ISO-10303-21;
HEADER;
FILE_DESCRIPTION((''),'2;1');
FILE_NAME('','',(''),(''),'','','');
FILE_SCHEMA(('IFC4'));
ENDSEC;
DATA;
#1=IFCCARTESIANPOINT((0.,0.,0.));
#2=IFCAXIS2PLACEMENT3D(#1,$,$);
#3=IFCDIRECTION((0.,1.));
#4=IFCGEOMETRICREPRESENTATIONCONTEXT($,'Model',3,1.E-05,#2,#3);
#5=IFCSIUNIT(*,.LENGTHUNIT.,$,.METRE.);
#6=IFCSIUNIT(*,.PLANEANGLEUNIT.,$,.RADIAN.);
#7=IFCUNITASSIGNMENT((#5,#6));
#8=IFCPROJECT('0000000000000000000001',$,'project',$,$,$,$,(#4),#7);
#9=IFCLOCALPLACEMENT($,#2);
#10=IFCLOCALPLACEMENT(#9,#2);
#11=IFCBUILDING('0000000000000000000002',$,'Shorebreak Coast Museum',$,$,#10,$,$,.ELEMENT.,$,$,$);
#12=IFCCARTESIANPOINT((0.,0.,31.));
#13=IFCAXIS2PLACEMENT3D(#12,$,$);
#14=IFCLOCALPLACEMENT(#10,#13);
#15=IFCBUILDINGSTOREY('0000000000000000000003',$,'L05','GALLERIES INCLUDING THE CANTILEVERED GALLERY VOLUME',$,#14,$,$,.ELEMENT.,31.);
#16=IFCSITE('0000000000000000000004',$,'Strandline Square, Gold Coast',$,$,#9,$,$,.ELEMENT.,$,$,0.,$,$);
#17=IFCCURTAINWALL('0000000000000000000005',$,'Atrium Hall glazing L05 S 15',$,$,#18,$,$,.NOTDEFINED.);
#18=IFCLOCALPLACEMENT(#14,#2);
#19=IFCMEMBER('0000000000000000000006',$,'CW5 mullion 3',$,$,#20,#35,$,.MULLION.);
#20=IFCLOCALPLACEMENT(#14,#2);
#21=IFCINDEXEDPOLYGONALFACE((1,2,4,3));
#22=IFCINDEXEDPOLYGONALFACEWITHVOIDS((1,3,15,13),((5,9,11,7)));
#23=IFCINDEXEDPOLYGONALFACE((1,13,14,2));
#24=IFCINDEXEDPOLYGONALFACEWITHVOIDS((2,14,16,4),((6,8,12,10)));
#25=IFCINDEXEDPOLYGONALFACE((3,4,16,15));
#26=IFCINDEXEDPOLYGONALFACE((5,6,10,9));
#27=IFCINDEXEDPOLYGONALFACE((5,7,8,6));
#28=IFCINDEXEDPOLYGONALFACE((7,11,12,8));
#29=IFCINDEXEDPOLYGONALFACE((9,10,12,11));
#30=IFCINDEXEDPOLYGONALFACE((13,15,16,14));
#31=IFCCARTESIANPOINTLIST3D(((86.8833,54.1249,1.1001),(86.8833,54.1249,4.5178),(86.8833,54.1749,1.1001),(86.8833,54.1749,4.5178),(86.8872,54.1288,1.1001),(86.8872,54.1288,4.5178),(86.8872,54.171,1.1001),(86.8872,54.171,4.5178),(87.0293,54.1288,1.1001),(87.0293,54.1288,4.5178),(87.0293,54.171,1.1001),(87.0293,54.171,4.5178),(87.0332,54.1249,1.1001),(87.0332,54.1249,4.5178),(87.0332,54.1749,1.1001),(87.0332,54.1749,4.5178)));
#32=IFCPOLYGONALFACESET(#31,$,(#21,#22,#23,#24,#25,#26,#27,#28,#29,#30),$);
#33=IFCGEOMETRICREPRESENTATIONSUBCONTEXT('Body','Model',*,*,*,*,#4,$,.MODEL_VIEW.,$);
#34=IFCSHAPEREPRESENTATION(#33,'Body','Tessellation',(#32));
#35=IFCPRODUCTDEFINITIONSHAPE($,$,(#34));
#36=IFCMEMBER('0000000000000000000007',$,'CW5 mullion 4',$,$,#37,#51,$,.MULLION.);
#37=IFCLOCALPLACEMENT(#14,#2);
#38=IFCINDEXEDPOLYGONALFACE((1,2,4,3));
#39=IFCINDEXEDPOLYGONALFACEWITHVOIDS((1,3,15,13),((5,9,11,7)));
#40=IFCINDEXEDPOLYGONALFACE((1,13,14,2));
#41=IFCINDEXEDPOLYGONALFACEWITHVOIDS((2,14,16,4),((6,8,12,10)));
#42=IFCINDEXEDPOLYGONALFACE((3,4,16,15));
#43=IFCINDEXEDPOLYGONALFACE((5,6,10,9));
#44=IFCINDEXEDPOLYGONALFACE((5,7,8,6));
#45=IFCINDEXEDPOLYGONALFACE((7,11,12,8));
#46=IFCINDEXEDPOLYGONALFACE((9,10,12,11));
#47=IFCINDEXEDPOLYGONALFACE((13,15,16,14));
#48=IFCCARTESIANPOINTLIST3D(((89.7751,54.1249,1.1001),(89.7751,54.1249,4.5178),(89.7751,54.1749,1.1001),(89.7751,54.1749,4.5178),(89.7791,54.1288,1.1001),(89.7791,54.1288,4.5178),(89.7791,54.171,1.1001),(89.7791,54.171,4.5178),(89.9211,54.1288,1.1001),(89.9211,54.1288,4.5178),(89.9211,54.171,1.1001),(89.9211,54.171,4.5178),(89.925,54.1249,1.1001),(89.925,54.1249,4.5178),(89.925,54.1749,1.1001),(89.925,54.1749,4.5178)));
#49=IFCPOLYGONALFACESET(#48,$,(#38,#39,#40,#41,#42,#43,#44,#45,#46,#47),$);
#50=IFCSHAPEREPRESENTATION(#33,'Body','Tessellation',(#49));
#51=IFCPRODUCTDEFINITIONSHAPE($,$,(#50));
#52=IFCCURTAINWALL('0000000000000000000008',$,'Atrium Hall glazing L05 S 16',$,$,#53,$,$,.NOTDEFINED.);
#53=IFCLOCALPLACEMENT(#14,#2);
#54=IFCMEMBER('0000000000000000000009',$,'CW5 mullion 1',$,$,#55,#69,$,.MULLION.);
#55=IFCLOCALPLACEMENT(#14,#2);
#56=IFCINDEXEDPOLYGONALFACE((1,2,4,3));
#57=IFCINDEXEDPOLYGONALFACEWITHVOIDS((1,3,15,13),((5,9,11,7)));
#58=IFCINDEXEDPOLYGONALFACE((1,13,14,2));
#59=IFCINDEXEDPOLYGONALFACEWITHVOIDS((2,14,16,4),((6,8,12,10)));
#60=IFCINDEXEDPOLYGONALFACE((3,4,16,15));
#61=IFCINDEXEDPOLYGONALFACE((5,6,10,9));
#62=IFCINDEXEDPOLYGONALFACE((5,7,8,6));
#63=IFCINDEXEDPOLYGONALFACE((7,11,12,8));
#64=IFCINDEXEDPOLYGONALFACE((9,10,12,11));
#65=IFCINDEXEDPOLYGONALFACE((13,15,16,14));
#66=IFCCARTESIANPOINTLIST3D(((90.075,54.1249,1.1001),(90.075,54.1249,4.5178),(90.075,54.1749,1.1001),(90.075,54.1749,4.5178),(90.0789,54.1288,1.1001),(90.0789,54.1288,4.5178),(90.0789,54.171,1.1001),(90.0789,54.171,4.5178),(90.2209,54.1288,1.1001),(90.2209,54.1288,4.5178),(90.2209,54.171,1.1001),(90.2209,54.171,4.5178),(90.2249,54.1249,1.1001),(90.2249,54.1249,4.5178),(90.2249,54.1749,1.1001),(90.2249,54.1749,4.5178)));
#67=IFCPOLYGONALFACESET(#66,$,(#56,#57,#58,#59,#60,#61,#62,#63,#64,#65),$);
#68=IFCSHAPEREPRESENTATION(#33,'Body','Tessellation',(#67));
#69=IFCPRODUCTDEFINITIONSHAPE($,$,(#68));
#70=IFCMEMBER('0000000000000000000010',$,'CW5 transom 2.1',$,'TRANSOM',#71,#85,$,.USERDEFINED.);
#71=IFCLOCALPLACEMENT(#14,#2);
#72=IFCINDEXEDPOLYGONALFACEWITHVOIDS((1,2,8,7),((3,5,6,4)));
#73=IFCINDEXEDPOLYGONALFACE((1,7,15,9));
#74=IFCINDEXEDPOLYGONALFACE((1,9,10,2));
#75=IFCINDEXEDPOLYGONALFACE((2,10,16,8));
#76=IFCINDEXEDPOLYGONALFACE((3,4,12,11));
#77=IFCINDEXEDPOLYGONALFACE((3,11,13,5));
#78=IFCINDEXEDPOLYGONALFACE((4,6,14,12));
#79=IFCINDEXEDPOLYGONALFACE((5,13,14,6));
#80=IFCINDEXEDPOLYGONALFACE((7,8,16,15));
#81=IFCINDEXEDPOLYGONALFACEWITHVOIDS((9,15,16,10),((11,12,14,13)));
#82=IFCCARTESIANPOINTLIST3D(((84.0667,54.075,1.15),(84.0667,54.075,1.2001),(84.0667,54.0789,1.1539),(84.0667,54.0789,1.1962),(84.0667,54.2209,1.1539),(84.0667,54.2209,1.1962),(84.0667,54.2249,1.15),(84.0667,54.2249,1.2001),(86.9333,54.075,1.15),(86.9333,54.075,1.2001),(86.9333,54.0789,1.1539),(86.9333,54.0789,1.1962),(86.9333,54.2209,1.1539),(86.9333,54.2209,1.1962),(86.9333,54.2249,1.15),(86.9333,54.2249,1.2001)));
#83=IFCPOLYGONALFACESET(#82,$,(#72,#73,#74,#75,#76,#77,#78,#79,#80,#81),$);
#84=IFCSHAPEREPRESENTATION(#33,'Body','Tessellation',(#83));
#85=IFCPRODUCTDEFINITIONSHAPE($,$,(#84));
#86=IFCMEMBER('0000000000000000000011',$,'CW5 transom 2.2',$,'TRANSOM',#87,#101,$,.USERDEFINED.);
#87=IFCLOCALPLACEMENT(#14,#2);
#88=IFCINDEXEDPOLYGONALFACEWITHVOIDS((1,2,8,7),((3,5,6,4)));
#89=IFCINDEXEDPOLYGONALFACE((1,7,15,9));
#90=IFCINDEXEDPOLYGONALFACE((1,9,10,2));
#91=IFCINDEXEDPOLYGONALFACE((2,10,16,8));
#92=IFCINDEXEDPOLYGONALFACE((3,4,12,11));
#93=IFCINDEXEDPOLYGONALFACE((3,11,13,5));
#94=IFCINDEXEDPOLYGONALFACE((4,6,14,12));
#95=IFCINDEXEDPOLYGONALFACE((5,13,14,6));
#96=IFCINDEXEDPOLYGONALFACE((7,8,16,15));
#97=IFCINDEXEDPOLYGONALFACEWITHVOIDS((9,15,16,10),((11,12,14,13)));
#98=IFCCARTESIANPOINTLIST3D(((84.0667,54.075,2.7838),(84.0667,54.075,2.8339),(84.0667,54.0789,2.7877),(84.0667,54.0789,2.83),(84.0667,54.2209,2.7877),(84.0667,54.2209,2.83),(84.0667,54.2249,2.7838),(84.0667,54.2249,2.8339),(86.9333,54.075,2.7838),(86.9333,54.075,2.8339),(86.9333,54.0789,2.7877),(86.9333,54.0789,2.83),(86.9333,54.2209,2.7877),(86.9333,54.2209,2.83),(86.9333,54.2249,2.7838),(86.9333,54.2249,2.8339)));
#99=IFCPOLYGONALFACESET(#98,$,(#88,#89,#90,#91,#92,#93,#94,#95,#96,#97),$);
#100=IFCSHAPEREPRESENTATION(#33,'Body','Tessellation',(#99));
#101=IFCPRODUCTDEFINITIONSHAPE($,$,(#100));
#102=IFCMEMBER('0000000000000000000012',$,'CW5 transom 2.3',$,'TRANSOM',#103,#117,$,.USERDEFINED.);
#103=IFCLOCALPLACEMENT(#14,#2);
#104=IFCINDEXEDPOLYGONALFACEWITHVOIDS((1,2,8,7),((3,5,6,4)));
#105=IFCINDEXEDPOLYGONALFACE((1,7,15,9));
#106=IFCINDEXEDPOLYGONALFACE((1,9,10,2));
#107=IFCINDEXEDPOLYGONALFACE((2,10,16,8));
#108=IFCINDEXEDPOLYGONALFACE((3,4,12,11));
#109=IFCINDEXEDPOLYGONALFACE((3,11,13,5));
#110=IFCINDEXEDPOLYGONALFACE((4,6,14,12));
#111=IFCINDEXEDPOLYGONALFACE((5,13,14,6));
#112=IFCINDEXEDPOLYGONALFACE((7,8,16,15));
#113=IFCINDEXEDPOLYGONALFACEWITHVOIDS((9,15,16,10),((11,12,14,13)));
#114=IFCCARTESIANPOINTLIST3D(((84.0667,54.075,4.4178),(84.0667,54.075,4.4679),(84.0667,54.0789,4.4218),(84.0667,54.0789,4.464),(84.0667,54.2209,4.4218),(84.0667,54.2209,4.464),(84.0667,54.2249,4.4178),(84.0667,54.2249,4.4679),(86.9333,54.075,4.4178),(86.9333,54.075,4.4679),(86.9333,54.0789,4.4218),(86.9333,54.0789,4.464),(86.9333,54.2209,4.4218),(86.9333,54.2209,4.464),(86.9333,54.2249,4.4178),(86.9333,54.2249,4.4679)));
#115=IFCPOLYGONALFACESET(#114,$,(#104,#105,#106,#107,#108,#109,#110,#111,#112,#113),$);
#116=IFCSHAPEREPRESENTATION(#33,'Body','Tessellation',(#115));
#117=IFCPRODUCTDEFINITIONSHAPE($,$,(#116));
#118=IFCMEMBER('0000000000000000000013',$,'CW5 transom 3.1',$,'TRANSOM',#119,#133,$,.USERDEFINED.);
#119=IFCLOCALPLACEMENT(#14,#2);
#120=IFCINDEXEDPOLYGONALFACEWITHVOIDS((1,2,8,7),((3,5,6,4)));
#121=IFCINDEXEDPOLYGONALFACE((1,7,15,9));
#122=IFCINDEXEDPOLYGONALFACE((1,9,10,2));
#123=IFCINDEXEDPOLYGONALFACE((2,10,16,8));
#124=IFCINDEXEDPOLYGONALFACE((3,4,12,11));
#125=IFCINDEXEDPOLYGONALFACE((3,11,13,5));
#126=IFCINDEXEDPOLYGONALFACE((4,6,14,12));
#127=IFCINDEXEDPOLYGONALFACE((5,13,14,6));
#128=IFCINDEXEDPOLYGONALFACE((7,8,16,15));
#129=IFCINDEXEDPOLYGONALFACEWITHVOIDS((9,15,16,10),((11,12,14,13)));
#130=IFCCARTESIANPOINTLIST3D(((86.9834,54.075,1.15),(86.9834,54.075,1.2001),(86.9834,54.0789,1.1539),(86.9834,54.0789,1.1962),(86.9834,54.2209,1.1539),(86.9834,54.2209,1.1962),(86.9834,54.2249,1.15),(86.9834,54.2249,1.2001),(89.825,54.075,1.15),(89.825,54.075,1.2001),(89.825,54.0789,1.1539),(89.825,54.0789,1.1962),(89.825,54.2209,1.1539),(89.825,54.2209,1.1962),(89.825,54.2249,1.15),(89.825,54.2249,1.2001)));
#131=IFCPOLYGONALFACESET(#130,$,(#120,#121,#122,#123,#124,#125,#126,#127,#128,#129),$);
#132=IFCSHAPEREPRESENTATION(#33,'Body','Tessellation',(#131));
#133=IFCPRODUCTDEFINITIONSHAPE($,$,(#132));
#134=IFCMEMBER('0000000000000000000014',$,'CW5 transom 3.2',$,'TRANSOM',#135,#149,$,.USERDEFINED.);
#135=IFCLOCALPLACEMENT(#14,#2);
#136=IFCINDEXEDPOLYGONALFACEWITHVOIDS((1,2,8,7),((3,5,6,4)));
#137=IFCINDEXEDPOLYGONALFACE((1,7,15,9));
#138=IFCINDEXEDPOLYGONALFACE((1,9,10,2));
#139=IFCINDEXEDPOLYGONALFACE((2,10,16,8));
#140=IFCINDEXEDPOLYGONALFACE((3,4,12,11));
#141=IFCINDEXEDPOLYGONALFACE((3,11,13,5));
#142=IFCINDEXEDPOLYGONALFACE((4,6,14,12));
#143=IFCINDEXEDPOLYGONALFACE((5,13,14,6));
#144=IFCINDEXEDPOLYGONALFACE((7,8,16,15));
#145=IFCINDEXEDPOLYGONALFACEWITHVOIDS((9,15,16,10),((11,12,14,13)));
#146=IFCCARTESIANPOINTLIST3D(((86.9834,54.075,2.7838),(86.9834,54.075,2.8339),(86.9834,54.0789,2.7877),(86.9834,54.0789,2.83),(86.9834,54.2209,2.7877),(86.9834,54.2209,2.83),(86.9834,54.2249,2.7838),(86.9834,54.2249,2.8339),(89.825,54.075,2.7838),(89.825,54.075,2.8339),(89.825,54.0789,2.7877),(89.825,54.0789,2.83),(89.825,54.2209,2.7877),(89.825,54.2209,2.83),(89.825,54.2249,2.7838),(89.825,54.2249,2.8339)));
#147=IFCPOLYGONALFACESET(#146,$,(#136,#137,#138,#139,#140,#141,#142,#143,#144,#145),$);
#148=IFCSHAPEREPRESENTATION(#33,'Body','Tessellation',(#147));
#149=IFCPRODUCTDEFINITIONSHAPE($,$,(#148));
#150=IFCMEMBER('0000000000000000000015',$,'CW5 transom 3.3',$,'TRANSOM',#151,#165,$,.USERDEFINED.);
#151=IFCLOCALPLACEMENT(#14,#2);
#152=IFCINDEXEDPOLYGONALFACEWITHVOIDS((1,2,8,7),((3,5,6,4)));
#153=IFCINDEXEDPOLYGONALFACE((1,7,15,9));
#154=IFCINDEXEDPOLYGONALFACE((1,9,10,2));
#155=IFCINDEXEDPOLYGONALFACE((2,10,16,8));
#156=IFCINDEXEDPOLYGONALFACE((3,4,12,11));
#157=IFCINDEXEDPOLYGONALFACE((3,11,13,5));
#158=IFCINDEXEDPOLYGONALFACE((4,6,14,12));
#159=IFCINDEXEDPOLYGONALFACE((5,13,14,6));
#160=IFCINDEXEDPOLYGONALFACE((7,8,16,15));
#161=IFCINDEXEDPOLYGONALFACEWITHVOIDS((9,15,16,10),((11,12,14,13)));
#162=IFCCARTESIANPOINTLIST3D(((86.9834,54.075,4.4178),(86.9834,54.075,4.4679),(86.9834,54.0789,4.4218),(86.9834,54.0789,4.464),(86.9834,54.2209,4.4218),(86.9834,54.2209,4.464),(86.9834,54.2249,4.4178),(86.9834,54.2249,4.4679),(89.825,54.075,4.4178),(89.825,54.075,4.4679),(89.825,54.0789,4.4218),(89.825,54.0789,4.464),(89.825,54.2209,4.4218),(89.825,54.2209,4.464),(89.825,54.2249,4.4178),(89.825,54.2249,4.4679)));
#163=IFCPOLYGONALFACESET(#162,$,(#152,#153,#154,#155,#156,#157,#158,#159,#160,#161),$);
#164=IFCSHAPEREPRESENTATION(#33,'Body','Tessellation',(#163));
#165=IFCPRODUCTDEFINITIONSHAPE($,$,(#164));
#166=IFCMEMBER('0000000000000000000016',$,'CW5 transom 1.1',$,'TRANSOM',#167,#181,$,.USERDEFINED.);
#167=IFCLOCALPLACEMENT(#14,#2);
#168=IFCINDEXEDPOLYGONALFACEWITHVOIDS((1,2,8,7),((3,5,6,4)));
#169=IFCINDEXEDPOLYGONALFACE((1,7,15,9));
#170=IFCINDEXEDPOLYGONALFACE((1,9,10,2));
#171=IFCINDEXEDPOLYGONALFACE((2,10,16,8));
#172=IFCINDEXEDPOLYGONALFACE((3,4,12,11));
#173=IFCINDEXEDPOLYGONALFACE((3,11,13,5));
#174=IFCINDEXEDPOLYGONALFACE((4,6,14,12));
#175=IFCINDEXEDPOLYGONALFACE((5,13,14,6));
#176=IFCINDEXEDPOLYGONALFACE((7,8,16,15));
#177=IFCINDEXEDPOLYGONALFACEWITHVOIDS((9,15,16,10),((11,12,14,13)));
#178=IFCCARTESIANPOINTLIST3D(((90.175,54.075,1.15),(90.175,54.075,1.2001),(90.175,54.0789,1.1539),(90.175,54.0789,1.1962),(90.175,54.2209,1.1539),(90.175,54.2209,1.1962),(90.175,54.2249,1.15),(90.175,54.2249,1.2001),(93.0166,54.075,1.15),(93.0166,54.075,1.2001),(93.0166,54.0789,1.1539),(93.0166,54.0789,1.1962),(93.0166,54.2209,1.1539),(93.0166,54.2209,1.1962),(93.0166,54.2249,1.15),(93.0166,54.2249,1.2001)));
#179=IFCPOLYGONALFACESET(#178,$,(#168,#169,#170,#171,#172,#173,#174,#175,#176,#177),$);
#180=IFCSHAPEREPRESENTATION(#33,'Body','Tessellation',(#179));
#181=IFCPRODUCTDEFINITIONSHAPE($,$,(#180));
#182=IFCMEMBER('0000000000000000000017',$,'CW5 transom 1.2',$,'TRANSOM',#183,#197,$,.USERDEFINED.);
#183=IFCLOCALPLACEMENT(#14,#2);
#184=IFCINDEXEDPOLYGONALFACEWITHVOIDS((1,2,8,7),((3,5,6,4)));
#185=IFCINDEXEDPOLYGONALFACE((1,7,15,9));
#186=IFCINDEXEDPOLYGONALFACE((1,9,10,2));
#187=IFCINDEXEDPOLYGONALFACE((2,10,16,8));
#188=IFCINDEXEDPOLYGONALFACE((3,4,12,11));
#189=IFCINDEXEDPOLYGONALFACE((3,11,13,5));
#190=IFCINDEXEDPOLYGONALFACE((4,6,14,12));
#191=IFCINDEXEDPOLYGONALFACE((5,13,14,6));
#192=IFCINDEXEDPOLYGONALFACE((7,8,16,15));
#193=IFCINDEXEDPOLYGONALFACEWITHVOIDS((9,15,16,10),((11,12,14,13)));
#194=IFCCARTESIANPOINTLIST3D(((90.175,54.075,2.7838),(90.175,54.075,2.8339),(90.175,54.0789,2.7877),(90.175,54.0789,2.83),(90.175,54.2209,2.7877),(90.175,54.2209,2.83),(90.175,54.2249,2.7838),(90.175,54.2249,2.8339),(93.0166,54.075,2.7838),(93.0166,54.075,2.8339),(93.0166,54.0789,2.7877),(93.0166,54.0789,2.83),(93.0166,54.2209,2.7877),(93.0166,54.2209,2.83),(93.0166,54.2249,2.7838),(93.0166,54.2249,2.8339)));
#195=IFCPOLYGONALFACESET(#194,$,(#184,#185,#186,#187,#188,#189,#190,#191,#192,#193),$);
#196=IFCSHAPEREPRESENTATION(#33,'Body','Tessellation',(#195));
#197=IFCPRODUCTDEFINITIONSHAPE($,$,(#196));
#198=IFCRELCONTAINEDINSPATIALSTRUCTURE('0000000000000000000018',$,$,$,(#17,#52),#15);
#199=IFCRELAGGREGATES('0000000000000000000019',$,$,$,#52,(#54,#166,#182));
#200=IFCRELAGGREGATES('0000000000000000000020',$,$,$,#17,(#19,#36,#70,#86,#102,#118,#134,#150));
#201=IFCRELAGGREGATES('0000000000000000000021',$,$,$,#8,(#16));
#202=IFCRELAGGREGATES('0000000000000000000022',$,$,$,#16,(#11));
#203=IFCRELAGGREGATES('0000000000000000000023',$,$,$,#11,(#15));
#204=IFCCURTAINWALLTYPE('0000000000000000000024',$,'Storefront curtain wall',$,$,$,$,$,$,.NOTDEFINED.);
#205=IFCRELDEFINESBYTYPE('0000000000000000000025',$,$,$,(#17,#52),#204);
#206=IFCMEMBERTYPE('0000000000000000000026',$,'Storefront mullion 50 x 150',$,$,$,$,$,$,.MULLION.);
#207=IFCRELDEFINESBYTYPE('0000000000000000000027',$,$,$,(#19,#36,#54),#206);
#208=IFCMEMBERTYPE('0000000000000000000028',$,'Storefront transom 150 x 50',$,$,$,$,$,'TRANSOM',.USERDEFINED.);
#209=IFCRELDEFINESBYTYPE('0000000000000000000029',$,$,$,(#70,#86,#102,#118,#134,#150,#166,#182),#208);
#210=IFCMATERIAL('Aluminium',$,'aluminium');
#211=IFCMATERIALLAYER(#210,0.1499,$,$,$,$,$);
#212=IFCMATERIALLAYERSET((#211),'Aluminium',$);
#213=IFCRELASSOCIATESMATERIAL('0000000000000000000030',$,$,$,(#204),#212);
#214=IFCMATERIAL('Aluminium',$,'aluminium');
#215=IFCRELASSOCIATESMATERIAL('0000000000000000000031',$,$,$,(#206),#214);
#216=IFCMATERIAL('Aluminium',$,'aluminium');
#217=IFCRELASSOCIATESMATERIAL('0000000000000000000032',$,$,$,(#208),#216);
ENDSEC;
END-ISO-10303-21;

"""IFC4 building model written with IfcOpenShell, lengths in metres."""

from ifc_helpers import new_model, si_unit, direction, frame, origin, origin_2d, place, context, subcontext, project, spatial, hollow_rectangle, extrude, material, layer, layer_set, material_profile, profile_set, type_object, element, aggregate, save


model = new_model("IFC4")

# Units and contexts
model_context = context("Model", 3, precision=1e-05, world=origin(), true_north=direction((0.0, 1.0)))
body_context = subcontext(model_context, "Body", "Model", "MODEL_VIEW")
ifc_project = project(units=[si_unit("LENGTHUNIT", "METRE"), si_unit("PLANEANGLEUNIT", "RADIAN")], contexts=[model_context])

# Site, building, storey
site_placement = place(None, origin())
site = spatial("IfcSite", under=ifc_project, at=site_placement, Name="Strandline Square, Gold Coast", CompositionType="ELEMENT", RefElevation=0.0)
building_placement = place(site_placement, origin())
building = spatial("IfcBuilding", under=site, at=building_placement, Name="Shorebreak Coast Museum", CompositionType="ELEMENT")
storey_placement = place(building_placement, frame((0.0, 0.0, 31.0)))
storey = spatial("IfcBuildingStorey", under=building, at=storey_placement, Name="L05", Description="GALLERIES INCLUDING THE CANTILEVERED GALLERY VOLUME", CompositionType="ELEMENT", Elevation=31.0)

# Curtain wall, members
ifc_material_1 = material(Name="Aluminium", Category="aluminium")
ifc_layer_1 = layer(ifc_material_1, 0.1499)
ifc_layer_set_1 = layer_set([ifc_layer_1], Name="Aluminium")
curtain_wall_type = type_object("IfcCurtainWallType", Name="Storefront curtain wall", PredefinedType="NOTDEFINED", material=ifc_layer_set_1)
curtain_wall_1_placement = place(storey_placement, origin())
curtain_wall_1 = element("IfcCurtainWall", 1, at=curtain_wall_1_placement, inside=storey, type_object=curtain_wall_type, Name="Atrium Hall glazing L05 S 15", PredefinedType="NOTDEFINED")
ifc_material_2 = material(Name="Aluminium", Category="aluminium")
ifc_material_profile_1 = material_profile(ifc_material_2, hollow_rectangle(XDim=0.05, YDim=0.1499, WallThickness=0.0039, at=origin_2d()), Name="AL 150x50 RHS")
ifc_profile_set_1 = profile_set([ifc_material_profile_1], Name="Aluminium")
member_type_1 = type_object("IfcMemberType", Name="Storefront mullion 50 x 150", PredefinedType="MULLION", material=ifc_profile_set_1)
member_1_placement = place(storey_placement, frame((86.9583, 54.1499, 1.1001), z_axis=(0.0, 0.0, 1.0), x_axis=(0.0, 1.0, 0.0)))
member_1 = element("IfcMember", 2, at=member_1_placement, type_object=member_type_1, Name="CW5 mullion 3", PredefinedType="MULLION", context=body_context, shape_type="SweptSolid", body=[
    extrude(hollow_rectangle(XDim=0.05, YDim=0.1499, WallThickness=0.0039, at=origin_2d()), origin(), (0.0, 0.0, 1.0), 3.4177),
])
member_2_placement = place(storey_placement, frame((89.8501, 54.1499, 1.1001), z_axis=(0.0, 0.0, 1.0), x_axis=(0.0, 1.0, 0.0)))
member_2 = element("IfcMember", 3, at=member_2_placement, type_object=member_type_1, Name="CW5 mullion 4", PredefinedType="MULLION", context=body_context, shape_type="SweptSolid", body=[
    extrude(hollow_rectangle(XDim=0.05, YDim=0.1499, WallThickness=0.0039, at=origin_2d()), origin(), (0.0, 0.0, 1.0), 3.4177),
])

# Curtain wall, member
curtain_wall_2_placement = place(storey_placement, origin())
curtain_wall_2 = element("IfcCurtainWall", 4, at=curtain_wall_2_placement, inside=storey, type_object=curtain_wall_type, Name="Atrium Hall glazing L05 S 16", PredefinedType="NOTDEFINED")
member_3_placement = place(storey_placement, frame((90.1499, 54.1499, 1.1001), z_axis=(0.0, 0.0, 1.0), x_axis=(0.0, 1.0, 0.0)))
member_3 = element("IfcMember", 5, at=member_3_placement, type_object=member_type_1, Name="CW5 mullion 1", PredefinedType="MULLION", context=body_context, shape_type="SweptSolid", body=[
    extrude(hollow_rectangle(XDim=0.05, YDim=0.1499, WallThickness=0.0039, at=origin_2d()), origin(), (0.0, 0.0, 1.0), 3.4177),
])

# Members
ifc_material_3 = material(Name="Aluminium", Category="aluminium")
ifc_material_profile_2 = material_profile(ifc_material_3, hollow_rectangle(XDim=0.1499, YDim=0.05, WallThickness=0.0039, at=origin_2d()), Name="AL 50x150 RHS")
ifc_profile_set_2 = profile_set([ifc_material_profile_2], Name="Aluminium")
member_type_2 = type_object("IfcMemberType", Name="Storefront transom 150 x 50", ElementType="TRANSOM", PredefinedType="USERDEFINED", material=ifc_profile_set_2)
member_4_placement = place(storey_placement, frame((84.0667, 54.1499, 1.175), z_axis=(1.0, 0.0, 0.0), x_axis=(0.0, 1.0, 0.0)))
member_4 = element("IfcMember", 6, at=member_4_placement, type_object=member_type_2, Name="CW5 transom 2.1", ObjectType="TRANSOM", PredefinedType="USERDEFINED", context=body_context, shape_type="SweptSolid", body=[
    extrude(hollow_rectangle(XDim=0.1499, YDim=0.05, WallThickness=0.0039, at=origin_2d()), origin(), (0.0, 0.0, 1.0), 2.8667),
])
member_5_placement = place(storey_placement, frame((84.0667, 54.1499, 2.8088), z_axis=(1.0, 0.0, 0.0), x_axis=(0.0, 1.0, 0.0)))
member_5 = element("IfcMember", 7, at=member_5_placement, type_object=member_type_2, Name="CW5 transom 2.2", ObjectType="TRANSOM", PredefinedType="USERDEFINED", context=body_context, shape_type="SweptSolid", body=[
    extrude(hollow_rectangle(XDim=0.1499, YDim=0.05, WallThickness=0.0039, at=origin_2d()), origin(), (0.0, 0.0, 1.0), 2.8667),
])
member_6_placement = place(storey_placement, frame((84.0667, 54.1499, 4.4429), z_axis=(1.0, 0.0, 0.0), x_axis=(0.0, 1.0, 0.0)))
member_6 = element("IfcMember", 8, at=member_6_placement, type_object=member_type_2, Name="CW5 transom 2.3", ObjectType="TRANSOM", PredefinedType="USERDEFINED", context=body_context, shape_type="SweptSolid", body=[
    extrude(hollow_rectangle(XDim=0.1499, YDim=0.05, WallThickness=0.0039, at=origin_2d()), origin(), (0.0, 0.0, 1.0), 2.8667),
])
member_7_placement = place(storey_placement, frame((86.9834, 54.1499, 1.175), z_axis=(1.0, 0.0, 0.0), x_axis=(0.0, 1.0, 0.0)))
member_7 = element("IfcMember", 9, at=member_7_placement, type_object=member_type_2, Name="CW5 transom 3.1", ObjectType="TRANSOM", PredefinedType="USERDEFINED", context=body_context, shape_type="SweptSolid", body=[
    extrude(hollow_rectangle(XDim=0.1499, YDim=0.05, WallThickness=0.0039, at=origin_2d()), origin(), (0.0, 0.0, 1.0), 2.8416),
])
member_8_placement = place(storey_placement, frame((86.9834, 54.1499, 2.8088), z_axis=(1.0, 0.0, 0.0), x_axis=(0.0, 1.0, 0.0)))
member_8 = element("IfcMember", 10, at=member_8_placement, type_object=member_type_2, Name="CW5 transom 3.2", ObjectType="TRANSOM", PredefinedType="USERDEFINED", context=body_context, shape_type="SweptSolid", body=[
    extrude(hollow_rectangle(XDim=0.1499, YDim=0.05, WallThickness=0.0039, at=origin_2d()), origin(), (0.0, 0.0, 1.0), 2.8416),
])
member_9_placement = place(storey_placement, frame((86.9834, 54.1499, 4.4429), z_axis=(1.0, 0.0, 0.0), x_axis=(0.0, 1.0, 0.0)))
member_9 = element("IfcMember", 11, at=member_9_placement, type_object=member_type_2, Name="CW5 transom 3.3", ObjectType="TRANSOM", PredefinedType="USERDEFINED", context=body_context, shape_type="SweptSolid", body=[
    extrude(hollow_rectangle(XDim=0.1499, YDim=0.05, WallThickness=0.0039, at=origin_2d()), origin(), (0.0, 0.0, 1.0), 2.8416),
])
member_10_placement = place(storey_placement, frame((90.175, 54.1499, 1.175), z_axis=(1.0, 0.0, 0.0), x_axis=(0.0, 1.0, 0.0)))
member_10 = element("IfcMember", 12, at=member_10_placement, type_object=member_type_2, Name="CW5 transom 1.1", ObjectType="TRANSOM", PredefinedType="USERDEFINED", context=body_context, shape_type="SweptSolid", body=[
    extrude(hollow_rectangle(XDim=0.1499, YDim=0.05, WallThickness=0.0039, at=origin_2d()), origin(), (0.0, 0.0, 1.0), 2.8416),
])
member_11_placement = place(storey_placement, frame((90.175, 54.1499, 2.8088), z_axis=(1.0, 0.0, 0.0), x_axis=(0.0, 1.0, 0.0)))
member_11 = element("IfcMember", 13, at=member_11_placement, type_object=member_type_2, Name="CW5 transom 1.2", ObjectType="TRANSOM", PredefinedType="USERDEFINED", context=body_context, shape_type="SweptSolid", body=[
    extrude(hollow_rectangle(XDim=0.1499, YDim=0.05, WallThickness=0.0039, at=origin_2d()), origin(), (0.0, 0.0, 1.0), 2.8416),
])
aggregate(curtain_wall_2, [member_3, member_10, member_11])

aggregate(curtain_wall_1, [member_1, member_2, member_4, member_5, member_6, member_7, member_8, member_9])

save(model, "model.ifc")
